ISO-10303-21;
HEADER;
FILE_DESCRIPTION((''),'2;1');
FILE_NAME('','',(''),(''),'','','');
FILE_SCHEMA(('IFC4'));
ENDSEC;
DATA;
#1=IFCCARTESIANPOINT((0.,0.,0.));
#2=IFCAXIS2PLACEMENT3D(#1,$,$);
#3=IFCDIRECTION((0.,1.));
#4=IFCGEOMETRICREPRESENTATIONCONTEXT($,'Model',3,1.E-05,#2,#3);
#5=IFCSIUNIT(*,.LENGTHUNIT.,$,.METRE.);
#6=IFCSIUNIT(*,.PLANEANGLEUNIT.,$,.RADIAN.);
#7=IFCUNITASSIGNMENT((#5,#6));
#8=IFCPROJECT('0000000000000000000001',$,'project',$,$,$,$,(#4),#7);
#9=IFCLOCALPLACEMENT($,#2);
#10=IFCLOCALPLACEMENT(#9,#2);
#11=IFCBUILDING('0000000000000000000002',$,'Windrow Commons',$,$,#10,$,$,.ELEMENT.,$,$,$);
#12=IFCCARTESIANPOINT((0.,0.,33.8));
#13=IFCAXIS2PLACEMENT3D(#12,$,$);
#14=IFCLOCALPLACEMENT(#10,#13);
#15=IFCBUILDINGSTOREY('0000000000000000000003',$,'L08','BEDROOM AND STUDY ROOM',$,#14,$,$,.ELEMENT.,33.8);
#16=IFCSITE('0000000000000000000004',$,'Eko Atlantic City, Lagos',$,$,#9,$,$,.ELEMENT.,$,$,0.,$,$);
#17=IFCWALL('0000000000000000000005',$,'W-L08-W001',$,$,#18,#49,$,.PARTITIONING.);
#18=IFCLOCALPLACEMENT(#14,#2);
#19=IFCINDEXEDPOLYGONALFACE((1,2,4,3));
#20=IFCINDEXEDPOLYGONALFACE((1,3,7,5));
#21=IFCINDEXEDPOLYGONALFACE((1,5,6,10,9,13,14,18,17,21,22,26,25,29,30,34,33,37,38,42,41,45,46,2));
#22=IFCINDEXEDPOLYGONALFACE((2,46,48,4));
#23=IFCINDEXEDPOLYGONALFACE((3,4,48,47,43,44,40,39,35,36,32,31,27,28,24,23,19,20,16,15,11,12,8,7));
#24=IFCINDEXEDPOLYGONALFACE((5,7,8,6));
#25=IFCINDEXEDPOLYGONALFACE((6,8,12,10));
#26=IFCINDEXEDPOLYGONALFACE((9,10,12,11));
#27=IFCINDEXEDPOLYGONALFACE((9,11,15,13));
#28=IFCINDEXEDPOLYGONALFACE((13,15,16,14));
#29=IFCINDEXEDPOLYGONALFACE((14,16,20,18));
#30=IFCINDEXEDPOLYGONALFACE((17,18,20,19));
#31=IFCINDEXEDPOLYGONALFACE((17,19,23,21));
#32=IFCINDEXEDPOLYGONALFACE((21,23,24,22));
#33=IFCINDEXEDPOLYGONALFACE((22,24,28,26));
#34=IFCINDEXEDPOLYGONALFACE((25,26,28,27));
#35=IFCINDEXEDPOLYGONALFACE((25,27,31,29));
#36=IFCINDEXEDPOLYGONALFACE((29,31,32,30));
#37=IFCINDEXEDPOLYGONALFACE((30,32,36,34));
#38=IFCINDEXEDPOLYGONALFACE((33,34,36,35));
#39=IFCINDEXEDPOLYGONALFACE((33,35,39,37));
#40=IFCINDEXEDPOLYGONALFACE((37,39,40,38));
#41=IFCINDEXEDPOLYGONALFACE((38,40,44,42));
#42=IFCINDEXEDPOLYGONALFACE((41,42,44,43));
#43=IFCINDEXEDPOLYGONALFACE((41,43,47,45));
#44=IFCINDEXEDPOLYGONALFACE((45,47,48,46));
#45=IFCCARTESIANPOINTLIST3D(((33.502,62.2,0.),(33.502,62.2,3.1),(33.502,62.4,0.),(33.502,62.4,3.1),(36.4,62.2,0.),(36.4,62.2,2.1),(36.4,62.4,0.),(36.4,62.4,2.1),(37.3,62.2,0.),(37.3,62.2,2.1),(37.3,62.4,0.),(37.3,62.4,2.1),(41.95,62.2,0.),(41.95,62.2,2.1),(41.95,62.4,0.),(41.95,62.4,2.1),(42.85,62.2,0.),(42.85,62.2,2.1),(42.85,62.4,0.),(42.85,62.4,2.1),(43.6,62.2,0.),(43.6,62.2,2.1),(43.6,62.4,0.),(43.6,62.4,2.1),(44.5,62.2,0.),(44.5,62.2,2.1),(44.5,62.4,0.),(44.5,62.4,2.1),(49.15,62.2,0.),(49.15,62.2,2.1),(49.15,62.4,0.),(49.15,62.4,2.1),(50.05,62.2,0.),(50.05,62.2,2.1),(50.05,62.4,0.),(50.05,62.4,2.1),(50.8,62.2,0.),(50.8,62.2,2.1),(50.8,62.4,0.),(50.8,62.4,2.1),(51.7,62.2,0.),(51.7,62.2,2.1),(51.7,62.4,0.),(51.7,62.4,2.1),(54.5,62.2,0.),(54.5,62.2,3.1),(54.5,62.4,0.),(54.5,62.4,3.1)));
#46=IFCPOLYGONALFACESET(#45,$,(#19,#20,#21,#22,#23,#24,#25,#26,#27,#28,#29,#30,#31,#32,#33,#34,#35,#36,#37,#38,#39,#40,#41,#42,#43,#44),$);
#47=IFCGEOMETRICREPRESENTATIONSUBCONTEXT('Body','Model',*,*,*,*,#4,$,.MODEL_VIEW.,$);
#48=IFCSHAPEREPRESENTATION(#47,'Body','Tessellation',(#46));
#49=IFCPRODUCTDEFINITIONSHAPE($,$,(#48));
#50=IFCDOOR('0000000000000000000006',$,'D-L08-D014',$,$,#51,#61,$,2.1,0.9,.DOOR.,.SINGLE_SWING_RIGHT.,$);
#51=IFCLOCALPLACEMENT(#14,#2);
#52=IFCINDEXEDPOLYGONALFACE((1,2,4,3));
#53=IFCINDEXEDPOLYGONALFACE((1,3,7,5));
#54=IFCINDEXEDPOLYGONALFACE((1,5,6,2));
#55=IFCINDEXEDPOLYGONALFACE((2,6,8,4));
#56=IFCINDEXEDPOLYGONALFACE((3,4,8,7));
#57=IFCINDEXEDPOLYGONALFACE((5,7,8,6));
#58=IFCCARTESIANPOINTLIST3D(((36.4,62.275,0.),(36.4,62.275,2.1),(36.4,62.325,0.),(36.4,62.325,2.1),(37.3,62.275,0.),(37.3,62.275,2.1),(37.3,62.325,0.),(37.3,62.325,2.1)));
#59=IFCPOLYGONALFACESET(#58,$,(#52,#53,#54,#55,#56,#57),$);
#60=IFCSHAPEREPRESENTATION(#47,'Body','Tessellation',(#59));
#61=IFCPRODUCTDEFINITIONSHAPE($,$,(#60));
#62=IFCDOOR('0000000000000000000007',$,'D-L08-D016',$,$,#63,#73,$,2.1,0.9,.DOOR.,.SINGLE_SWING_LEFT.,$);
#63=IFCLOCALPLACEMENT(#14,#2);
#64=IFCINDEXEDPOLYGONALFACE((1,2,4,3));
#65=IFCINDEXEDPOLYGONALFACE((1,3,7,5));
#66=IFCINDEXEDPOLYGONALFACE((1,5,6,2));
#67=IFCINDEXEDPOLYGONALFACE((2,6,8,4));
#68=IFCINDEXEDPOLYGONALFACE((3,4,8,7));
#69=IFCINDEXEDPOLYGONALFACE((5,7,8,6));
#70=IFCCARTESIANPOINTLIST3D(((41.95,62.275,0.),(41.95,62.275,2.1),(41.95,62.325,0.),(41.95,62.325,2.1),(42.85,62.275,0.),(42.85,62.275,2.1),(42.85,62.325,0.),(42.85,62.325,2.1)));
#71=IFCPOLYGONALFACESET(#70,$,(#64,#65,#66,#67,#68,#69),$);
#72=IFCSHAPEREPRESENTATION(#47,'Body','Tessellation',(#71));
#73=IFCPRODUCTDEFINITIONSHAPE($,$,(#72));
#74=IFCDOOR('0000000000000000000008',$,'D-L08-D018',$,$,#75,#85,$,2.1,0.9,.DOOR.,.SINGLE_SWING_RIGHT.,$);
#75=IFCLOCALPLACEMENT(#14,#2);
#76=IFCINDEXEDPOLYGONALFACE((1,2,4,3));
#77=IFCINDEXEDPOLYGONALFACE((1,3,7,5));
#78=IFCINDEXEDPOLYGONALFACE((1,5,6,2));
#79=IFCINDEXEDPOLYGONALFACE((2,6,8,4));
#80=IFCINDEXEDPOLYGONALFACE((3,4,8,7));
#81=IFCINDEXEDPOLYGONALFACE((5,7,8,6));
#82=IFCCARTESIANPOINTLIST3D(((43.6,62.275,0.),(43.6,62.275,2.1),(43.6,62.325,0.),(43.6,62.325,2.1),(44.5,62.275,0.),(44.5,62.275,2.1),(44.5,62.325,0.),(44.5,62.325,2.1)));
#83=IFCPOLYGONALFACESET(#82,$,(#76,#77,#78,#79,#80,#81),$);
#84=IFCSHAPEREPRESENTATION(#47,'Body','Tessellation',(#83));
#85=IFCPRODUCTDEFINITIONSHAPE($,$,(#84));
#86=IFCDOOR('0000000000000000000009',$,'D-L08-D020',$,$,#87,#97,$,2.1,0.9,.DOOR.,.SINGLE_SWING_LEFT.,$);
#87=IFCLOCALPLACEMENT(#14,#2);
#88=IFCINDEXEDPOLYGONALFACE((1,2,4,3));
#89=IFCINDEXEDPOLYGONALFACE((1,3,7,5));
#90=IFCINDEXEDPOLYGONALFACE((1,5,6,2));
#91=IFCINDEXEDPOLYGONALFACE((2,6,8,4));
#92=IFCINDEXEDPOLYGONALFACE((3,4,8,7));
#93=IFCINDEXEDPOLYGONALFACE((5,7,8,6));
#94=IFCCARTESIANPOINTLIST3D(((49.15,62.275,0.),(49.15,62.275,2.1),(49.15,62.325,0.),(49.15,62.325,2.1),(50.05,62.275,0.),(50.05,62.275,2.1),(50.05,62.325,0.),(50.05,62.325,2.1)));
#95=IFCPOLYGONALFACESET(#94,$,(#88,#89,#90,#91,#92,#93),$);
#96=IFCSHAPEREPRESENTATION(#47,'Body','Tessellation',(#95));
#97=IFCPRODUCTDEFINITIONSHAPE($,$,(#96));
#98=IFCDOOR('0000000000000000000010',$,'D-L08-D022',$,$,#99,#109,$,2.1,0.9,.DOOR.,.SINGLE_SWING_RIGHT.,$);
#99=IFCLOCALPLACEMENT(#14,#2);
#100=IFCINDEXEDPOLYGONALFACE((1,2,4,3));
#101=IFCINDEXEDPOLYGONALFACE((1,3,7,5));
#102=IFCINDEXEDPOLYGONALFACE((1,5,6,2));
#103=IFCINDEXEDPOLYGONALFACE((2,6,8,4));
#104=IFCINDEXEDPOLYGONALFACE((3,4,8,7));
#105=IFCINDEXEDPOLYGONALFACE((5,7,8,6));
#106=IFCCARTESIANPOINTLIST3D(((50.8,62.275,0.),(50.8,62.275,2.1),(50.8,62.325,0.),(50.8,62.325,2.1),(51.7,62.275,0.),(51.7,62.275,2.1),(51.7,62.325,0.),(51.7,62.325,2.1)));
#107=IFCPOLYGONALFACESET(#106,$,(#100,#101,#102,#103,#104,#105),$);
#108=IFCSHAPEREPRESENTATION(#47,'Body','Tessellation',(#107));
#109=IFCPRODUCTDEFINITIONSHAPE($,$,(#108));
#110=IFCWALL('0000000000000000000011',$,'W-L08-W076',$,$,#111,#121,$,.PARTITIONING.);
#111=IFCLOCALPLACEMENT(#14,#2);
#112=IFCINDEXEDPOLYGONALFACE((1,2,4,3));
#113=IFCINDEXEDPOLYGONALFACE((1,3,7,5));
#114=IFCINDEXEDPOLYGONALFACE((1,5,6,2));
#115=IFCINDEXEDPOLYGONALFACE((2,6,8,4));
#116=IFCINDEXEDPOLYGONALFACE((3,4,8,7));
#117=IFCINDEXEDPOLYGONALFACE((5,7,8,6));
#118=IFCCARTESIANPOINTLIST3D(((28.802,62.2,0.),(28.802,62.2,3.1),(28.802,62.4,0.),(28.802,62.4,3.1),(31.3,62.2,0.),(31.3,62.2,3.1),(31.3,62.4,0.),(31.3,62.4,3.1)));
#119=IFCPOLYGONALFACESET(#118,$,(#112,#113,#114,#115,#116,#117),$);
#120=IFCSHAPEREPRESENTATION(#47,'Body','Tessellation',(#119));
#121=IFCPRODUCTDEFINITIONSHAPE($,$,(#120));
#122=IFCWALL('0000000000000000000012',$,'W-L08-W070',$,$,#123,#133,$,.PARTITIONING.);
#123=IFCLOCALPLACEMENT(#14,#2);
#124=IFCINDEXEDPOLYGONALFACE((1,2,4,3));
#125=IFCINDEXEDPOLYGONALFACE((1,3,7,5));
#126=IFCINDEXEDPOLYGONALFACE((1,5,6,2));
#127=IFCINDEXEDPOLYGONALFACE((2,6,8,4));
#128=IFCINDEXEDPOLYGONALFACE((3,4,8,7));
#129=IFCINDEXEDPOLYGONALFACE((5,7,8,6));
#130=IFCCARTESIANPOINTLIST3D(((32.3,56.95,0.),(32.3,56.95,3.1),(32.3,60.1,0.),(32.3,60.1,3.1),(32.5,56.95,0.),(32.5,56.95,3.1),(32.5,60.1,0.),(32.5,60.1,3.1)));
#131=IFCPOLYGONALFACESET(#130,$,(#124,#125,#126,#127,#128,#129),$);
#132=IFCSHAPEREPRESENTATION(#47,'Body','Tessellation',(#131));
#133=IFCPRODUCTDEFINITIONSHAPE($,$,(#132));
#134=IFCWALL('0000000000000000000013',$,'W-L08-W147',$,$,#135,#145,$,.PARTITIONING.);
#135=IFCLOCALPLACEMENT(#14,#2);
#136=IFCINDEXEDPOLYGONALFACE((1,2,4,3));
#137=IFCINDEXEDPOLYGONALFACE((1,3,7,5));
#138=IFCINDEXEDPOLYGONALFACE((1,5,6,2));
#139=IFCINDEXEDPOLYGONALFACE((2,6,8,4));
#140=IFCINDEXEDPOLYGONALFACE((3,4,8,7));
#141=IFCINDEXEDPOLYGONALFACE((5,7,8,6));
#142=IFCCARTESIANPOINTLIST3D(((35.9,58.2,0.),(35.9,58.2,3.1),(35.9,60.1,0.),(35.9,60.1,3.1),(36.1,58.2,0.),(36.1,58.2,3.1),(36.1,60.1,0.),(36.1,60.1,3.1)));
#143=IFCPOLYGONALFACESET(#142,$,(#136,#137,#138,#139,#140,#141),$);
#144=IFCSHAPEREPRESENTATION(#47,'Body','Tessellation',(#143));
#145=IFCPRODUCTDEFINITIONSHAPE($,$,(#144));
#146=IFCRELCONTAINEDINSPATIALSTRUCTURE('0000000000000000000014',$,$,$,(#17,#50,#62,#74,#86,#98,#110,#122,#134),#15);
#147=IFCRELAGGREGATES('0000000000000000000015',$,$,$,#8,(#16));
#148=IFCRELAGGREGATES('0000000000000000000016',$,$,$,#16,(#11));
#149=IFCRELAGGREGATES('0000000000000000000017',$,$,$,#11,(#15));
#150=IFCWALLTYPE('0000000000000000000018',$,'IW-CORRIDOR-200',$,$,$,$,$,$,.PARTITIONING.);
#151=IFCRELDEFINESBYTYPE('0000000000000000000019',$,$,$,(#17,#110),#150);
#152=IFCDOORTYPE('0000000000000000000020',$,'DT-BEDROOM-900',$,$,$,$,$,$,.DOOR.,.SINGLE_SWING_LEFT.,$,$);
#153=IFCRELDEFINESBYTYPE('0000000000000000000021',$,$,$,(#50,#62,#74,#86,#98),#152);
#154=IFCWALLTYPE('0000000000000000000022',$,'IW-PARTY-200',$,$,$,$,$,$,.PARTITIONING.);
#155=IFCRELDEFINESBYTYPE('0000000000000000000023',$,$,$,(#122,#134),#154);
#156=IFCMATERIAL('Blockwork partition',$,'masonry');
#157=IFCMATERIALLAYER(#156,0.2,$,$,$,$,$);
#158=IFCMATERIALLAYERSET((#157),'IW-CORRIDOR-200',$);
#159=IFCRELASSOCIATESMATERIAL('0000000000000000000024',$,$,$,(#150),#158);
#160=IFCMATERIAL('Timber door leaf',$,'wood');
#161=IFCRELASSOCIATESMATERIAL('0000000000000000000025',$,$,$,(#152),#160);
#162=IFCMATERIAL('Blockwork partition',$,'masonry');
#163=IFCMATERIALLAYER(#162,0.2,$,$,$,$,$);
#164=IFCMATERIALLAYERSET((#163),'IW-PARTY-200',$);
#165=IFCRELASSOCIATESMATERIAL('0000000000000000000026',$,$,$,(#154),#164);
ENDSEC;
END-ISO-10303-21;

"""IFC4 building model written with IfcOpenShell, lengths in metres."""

from ifc_helpers import new_model, si_unit, direction, frame, frame_2d, origin, place, context, subcontext, project, spatial, rectangle, extrude, material, layer, layer_set, type_object, element, fill, save


model = new_model("IFC4")

# Units and contexts
model_context = context("Model", 3, precision=1e-05, world=origin(), true_north=direction((0.0, 1.0)))
body_context = subcontext(model_context, "Body", "Model", "MODEL_VIEW")
ifc_project = project(units=[si_unit("LENGTHUNIT", "METRE"), si_unit("PLANEANGLEUNIT", "RADIAN")], contexts=[model_context])

# Site, building, storey
site_placement = place(None, origin())
site = spatial("IfcSite", under=ifc_project, at=site_placement, Name="Eko Atlantic City, Lagos", CompositionType="ELEMENT", RefElevation=0.0)
building_placement = place(site_placement, origin())
building = spatial("IfcBuilding", under=site, at=building_placement, Name="Windrow Commons", CompositionType="ELEMENT")
storey_placement = place(building_placement, frame((0.0, 0.0, 33.8)))
storey = spatial("IfcBuildingStorey", under=building, at=storey_placement, Name="L08", Description="BEDROOM AND STUDY ROOM", CompositionType="ELEMENT", Elevation=33.8)

# Wall, openings, doors
ifc_material_1 = material(Name="Blockwork partition", Category="masonry")
ifc_layer_1 = layer(ifc_material_1, 0.2)
ifc_layer_set_1 = layer_set([ifc_layer_1], Name="IW-CORRIDOR-200")
wall_type_1 = type_object("IfcWallType", Name="IW-CORRIDOR-200", PredefinedType="PARTITIONING", material=ifc_layer_set_1)
wall_1_placement = place(storey_placement, frame((33.502, 62.3, 0.0), z_axis=(0.0, 0.0, 1.0), x_axis=(1.0, 0.0, 0.0)))
wall_1 = element("IfcWall", 1, at=wall_1_placement, inside=storey, type_object=wall_type_1, Name="W-L08-W001", PredefinedType="PARTITIONING", context=body_context, shape_type="SweptSolid", body=[
    extrude(rectangle(XDim=20.998, YDim=0.2, at=frame_2d((10.499, 0.0))), origin(), (0.0, 0.0, 1.0), 3.1),
])
opening_1_placement = place(wall_1_placement, frame((2.898, 0.0, 0.0)))
opening_1 = element("IfcOpeningElement", 2, at=opening_1_placement, cuts=wall_1, PredefinedType="OPENING", context=body_context, shape_type="SweptSolid", body=[
    extrude(rectangle(XDim=0.9, YDim=2.1, at=frame_2d((0.45, 1.05))), frame((0.0, 0.11, 0.0), z_axis=(0.0, -1.0, 0.0), x_axis=(1.0, 0.0, 0.0)), (0.0, 0.0, 1.0), 0.22),
])
opening_2_placement = place(wall_1_placement, frame((8.448, 0.0, 0.0)))
opening_2 = element("IfcOpeningElement", 3, at=opening_2_placement, cuts=wall_1, PredefinedType="OPENING", context=body_context, shape_type="SweptSolid", body=[
    extrude(rectangle(XDim=0.9, YDim=2.1, at=frame_2d((0.45, 1.05))), frame((0.0, 0.11, 0.0), z_axis=(0.0, -1.0, 0.0), x_axis=(1.0, 0.0, 0.0)), (0.0, 0.0, 1.0), 0.22),
])
opening_3_placement = place(wall_1_placement, frame((10.098, 0.0, 0.0)))
opening_3 = element("IfcOpeningElement", 4, at=opening_3_placement, cuts=wall_1, PredefinedType="OPENING", context=body_context, shape_type="SweptSolid", body=[
    extrude(rectangle(XDim=0.9, YDim=2.1, at=frame_2d((0.45, 1.05))), frame((0.0, 0.11, 0.0), z_axis=(0.0, -1.0, 0.0), x_axis=(1.0, 0.0, 0.0)), (0.0, 0.0, 1.0), 0.22),
])
opening_4_placement = place(wall_1_placement, frame((15.648, 0.0, 0.0)))
opening_4 = element("IfcOpeningElement", 5, at=opening_4_placement, cuts=wall_1, PredefinedType="OPENING", context=body_context, shape_type="SweptSolid", body=[
    extrude(rectangle(XDim=0.9, YDim=2.1, at=frame_2d((0.45, 1.05))), frame((0.0, 0.11, 0.0), z_axis=(0.0, -1.0, 0.0), x_axis=(1.0, 0.0, 0.0)), (0.0, 0.0, 1.0), 0.22),
])
opening_5_placement = place(wall_1_placement, frame((17.298, 0.0, 0.0)))
opening_5 = element("IfcOpeningElement", 6, at=opening_5_placement, cuts=wall_1, PredefinedType="OPENING", context=body_context, shape_type="SweptSolid", body=[
    extrude(rectangle(XDim=0.9, YDim=2.1, at=frame_2d((0.45, 1.05))), frame((0.0, 0.11, 0.0), z_axis=(0.0, -1.0, 0.0), x_axis=(1.0, 0.0, 0.0)), (0.0, 0.0, 1.0), 0.22),
])
ifc_material_2 = material(Name="Timber door leaf", Category="wood")
door_type = type_object("IfcDoorType", Name="DT-BEDROOM-900", OperationType="SINGLE_SWING_LEFT", PredefinedType="DOOR", material=ifc_material_2)
door_1_placement = place(opening_1_placement, origin())
door_1 = element("IfcDoor", 7, at=door_1_placement, inside=storey, type_object=door_type, Name="D-L08-D014", OperationType="SINGLE_SWING_RIGHT", OverallHeight=2.1, OverallWidth=0.9, PredefinedType="DOOR", context=body_context, shape_type="SweptSolid", body=[
    extrude(rectangle(XDim=0.9, YDim=2.1, at=frame_2d((0.45, 1.05))), frame((0.0, 0.025, 0.0), z_axis=(0.0, -1.0, 0.0), x_axis=(1.0, 0.0, 0.0)), (0.0, 0.0, 1.0), 0.05),
])
fill(opening_1, door_1)
door_2_placement = place(opening_2_placement, origin())
door_2 = element("IfcDoor", 8, at=door_2_placement, inside=storey, type_object=door_type, Name="D-L08-D016", OperationType="SINGLE_SWING_LEFT", OverallHeight=2.1, OverallWidth=0.9, PredefinedType="DOOR", context=body_context, shape_type="SweptSolid", body=[
    extrude(rectangle(XDim=0.9, YDim=2.1, at=frame_2d((0.45, 1.05))), frame((0.0, 0.025, 0.0), z_axis=(0.0, -1.0, 0.0), x_axis=(1.0, 0.0, 0.0)), (0.0, 0.0, 1.0), 0.05),
])
fill(opening_2, door_2)
door_3_placement = place(opening_3_placement, origin())
door_3 = element("IfcDoor", 9, at=door_3_placement, inside=storey, type_object=door_type, Name="D-L08-D018", OperationType="SINGLE_SWING_RIGHT", OverallHeight=2.1, OverallWidth=0.9, PredefinedType="DOOR", context=body_context, shape_type="SweptSolid", body=[
    extrude(rectangle(XDim=0.9, YDim=2.1, at=frame_2d((0.45, 1.05))), frame((0.0, 0.025, 0.0), z_axis=(0.0, -1.0, 0.0), x_axis=(1.0, 0.0, 0.0)), (0.0, 0.0, 1.0), 0.05),
])
fill(opening_3, door_3)
door_4_placement = place(opening_4_placement, origin())
door_4 = element("IfcDoor", 10, at=door_4_placement, inside=storey, type_object=door_type, Name="D-L08-D020", OperationType="SINGLE_SWING_LEFT", OverallHeight=2.1, OverallWidth=0.9, PredefinedType="DOOR", context=body_context, shape_type="SweptSolid", body=[
    extrude(rectangle(XDim=0.9, YDim=2.1, at=frame_2d((0.45, 1.05))), frame((0.0, 0.025, 0.0), z_axis=(0.0, -1.0, 0.0), x_axis=(1.0, 0.0, 0.0)), (0.0, 0.0, 1.0), 0.05),
])
fill(opening_4, door_4)
door_5_placement = place(opening_5_placement, origin())
door_5 = element("IfcDoor", 11, at=door_5_placement, inside=storey, type_object=door_type, Name="D-L08-D022", OperationType="SINGLE_SWING_RIGHT", OverallHeight=2.1, OverallWidth=0.9, PredefinedType="DOOR", context=body_context, shape_type="SweptSolid", body=[
    extrude(rectangle(XDim=0.9, YDim=2.1, at=frame_2d((0.45, 1.05))), frame((0.0, 0.025, 0.0), z_axis=(0.0, -1.0, 0.0), x_axis=(1.0, 0.0, 0.0)), (0.0, 0.0, 1.0), 0.05),
])
fill(opening_5, door_5)

# Walls
wall_2_placement = place(storey_placement, frame((28.802, 62.3, 0.0), z_axis=(0.0, 0.0, 1.0), x_axis=(1.0, 0.0, 0.0)))
element("IfcWall", 12, at=wall_2_placement, inside=storey, type_object=wall_type_1, Name="W-L08-W076", PredefinedType="PARTITIONING", context=body_context, shape_type="SweptSolid", body=[
    extrude(rectangle(XDim=2.498, YDim=0.2, at=frame_2d((1.249, 0.0))), origin(), (0.0, 0.0, 1.0), 3.1),
])
ifc_material_3 = material(Name="Blockwork partition", Category="masonry")
ifc_layer_2 = layer(ifc_material_3, 0.2)
ifc_layer_set_2 = layer_set([ifc_layer_2], Name="IW-PARTY-200")
wall_type_2 = type_object("IfcWallType", Name="IW-PARTY-200", PredefinedType="PARTITIONING", material=ifc_layer_set_2)
wall_3_placement = place(storey_placement, frame((32.4, 56.95, 0.0), z_axis=(0.0, 0.0, 1.0), x_axis=(0.0, 1.0, 0.0)))
element("IfcWall", 13, at=wall_3_placement, inside=storey, type_object=wall_type_2, Name="W-L08-W070", PredefinedType="PARTITIONING", context=body_context, shape_type="SweptSolid", body=[
    extrude(rectangle(XDim=3.15, YDim=0.2, at=frame_2d((1.575, 0.0))), origin(), (0.0, 0.0, 1.0), 3.1),
])
wall_4_placement = place(storey_placement, frame((36.0, 58.2, 0.0), z_axis=(0.0, 0.0, 1.0), x_axis=(0.0, 1.0, 0.0)))
element("IfcWall", 14, at=wall_4_placement, inside=storey, type_object=wall_type_2, Name="W-L08-W147", PredefinedType="PARTITIONING", context=body_context, shape_type="SweptSolid", body=[
    extrude(rectangle(XDim=1.9, YDim=0.2, at=frame_2d((0.95, 0.0))), origin(), (0.0, 0.0, 1.0), 3.1),
])

save(model, "model.ifc")
